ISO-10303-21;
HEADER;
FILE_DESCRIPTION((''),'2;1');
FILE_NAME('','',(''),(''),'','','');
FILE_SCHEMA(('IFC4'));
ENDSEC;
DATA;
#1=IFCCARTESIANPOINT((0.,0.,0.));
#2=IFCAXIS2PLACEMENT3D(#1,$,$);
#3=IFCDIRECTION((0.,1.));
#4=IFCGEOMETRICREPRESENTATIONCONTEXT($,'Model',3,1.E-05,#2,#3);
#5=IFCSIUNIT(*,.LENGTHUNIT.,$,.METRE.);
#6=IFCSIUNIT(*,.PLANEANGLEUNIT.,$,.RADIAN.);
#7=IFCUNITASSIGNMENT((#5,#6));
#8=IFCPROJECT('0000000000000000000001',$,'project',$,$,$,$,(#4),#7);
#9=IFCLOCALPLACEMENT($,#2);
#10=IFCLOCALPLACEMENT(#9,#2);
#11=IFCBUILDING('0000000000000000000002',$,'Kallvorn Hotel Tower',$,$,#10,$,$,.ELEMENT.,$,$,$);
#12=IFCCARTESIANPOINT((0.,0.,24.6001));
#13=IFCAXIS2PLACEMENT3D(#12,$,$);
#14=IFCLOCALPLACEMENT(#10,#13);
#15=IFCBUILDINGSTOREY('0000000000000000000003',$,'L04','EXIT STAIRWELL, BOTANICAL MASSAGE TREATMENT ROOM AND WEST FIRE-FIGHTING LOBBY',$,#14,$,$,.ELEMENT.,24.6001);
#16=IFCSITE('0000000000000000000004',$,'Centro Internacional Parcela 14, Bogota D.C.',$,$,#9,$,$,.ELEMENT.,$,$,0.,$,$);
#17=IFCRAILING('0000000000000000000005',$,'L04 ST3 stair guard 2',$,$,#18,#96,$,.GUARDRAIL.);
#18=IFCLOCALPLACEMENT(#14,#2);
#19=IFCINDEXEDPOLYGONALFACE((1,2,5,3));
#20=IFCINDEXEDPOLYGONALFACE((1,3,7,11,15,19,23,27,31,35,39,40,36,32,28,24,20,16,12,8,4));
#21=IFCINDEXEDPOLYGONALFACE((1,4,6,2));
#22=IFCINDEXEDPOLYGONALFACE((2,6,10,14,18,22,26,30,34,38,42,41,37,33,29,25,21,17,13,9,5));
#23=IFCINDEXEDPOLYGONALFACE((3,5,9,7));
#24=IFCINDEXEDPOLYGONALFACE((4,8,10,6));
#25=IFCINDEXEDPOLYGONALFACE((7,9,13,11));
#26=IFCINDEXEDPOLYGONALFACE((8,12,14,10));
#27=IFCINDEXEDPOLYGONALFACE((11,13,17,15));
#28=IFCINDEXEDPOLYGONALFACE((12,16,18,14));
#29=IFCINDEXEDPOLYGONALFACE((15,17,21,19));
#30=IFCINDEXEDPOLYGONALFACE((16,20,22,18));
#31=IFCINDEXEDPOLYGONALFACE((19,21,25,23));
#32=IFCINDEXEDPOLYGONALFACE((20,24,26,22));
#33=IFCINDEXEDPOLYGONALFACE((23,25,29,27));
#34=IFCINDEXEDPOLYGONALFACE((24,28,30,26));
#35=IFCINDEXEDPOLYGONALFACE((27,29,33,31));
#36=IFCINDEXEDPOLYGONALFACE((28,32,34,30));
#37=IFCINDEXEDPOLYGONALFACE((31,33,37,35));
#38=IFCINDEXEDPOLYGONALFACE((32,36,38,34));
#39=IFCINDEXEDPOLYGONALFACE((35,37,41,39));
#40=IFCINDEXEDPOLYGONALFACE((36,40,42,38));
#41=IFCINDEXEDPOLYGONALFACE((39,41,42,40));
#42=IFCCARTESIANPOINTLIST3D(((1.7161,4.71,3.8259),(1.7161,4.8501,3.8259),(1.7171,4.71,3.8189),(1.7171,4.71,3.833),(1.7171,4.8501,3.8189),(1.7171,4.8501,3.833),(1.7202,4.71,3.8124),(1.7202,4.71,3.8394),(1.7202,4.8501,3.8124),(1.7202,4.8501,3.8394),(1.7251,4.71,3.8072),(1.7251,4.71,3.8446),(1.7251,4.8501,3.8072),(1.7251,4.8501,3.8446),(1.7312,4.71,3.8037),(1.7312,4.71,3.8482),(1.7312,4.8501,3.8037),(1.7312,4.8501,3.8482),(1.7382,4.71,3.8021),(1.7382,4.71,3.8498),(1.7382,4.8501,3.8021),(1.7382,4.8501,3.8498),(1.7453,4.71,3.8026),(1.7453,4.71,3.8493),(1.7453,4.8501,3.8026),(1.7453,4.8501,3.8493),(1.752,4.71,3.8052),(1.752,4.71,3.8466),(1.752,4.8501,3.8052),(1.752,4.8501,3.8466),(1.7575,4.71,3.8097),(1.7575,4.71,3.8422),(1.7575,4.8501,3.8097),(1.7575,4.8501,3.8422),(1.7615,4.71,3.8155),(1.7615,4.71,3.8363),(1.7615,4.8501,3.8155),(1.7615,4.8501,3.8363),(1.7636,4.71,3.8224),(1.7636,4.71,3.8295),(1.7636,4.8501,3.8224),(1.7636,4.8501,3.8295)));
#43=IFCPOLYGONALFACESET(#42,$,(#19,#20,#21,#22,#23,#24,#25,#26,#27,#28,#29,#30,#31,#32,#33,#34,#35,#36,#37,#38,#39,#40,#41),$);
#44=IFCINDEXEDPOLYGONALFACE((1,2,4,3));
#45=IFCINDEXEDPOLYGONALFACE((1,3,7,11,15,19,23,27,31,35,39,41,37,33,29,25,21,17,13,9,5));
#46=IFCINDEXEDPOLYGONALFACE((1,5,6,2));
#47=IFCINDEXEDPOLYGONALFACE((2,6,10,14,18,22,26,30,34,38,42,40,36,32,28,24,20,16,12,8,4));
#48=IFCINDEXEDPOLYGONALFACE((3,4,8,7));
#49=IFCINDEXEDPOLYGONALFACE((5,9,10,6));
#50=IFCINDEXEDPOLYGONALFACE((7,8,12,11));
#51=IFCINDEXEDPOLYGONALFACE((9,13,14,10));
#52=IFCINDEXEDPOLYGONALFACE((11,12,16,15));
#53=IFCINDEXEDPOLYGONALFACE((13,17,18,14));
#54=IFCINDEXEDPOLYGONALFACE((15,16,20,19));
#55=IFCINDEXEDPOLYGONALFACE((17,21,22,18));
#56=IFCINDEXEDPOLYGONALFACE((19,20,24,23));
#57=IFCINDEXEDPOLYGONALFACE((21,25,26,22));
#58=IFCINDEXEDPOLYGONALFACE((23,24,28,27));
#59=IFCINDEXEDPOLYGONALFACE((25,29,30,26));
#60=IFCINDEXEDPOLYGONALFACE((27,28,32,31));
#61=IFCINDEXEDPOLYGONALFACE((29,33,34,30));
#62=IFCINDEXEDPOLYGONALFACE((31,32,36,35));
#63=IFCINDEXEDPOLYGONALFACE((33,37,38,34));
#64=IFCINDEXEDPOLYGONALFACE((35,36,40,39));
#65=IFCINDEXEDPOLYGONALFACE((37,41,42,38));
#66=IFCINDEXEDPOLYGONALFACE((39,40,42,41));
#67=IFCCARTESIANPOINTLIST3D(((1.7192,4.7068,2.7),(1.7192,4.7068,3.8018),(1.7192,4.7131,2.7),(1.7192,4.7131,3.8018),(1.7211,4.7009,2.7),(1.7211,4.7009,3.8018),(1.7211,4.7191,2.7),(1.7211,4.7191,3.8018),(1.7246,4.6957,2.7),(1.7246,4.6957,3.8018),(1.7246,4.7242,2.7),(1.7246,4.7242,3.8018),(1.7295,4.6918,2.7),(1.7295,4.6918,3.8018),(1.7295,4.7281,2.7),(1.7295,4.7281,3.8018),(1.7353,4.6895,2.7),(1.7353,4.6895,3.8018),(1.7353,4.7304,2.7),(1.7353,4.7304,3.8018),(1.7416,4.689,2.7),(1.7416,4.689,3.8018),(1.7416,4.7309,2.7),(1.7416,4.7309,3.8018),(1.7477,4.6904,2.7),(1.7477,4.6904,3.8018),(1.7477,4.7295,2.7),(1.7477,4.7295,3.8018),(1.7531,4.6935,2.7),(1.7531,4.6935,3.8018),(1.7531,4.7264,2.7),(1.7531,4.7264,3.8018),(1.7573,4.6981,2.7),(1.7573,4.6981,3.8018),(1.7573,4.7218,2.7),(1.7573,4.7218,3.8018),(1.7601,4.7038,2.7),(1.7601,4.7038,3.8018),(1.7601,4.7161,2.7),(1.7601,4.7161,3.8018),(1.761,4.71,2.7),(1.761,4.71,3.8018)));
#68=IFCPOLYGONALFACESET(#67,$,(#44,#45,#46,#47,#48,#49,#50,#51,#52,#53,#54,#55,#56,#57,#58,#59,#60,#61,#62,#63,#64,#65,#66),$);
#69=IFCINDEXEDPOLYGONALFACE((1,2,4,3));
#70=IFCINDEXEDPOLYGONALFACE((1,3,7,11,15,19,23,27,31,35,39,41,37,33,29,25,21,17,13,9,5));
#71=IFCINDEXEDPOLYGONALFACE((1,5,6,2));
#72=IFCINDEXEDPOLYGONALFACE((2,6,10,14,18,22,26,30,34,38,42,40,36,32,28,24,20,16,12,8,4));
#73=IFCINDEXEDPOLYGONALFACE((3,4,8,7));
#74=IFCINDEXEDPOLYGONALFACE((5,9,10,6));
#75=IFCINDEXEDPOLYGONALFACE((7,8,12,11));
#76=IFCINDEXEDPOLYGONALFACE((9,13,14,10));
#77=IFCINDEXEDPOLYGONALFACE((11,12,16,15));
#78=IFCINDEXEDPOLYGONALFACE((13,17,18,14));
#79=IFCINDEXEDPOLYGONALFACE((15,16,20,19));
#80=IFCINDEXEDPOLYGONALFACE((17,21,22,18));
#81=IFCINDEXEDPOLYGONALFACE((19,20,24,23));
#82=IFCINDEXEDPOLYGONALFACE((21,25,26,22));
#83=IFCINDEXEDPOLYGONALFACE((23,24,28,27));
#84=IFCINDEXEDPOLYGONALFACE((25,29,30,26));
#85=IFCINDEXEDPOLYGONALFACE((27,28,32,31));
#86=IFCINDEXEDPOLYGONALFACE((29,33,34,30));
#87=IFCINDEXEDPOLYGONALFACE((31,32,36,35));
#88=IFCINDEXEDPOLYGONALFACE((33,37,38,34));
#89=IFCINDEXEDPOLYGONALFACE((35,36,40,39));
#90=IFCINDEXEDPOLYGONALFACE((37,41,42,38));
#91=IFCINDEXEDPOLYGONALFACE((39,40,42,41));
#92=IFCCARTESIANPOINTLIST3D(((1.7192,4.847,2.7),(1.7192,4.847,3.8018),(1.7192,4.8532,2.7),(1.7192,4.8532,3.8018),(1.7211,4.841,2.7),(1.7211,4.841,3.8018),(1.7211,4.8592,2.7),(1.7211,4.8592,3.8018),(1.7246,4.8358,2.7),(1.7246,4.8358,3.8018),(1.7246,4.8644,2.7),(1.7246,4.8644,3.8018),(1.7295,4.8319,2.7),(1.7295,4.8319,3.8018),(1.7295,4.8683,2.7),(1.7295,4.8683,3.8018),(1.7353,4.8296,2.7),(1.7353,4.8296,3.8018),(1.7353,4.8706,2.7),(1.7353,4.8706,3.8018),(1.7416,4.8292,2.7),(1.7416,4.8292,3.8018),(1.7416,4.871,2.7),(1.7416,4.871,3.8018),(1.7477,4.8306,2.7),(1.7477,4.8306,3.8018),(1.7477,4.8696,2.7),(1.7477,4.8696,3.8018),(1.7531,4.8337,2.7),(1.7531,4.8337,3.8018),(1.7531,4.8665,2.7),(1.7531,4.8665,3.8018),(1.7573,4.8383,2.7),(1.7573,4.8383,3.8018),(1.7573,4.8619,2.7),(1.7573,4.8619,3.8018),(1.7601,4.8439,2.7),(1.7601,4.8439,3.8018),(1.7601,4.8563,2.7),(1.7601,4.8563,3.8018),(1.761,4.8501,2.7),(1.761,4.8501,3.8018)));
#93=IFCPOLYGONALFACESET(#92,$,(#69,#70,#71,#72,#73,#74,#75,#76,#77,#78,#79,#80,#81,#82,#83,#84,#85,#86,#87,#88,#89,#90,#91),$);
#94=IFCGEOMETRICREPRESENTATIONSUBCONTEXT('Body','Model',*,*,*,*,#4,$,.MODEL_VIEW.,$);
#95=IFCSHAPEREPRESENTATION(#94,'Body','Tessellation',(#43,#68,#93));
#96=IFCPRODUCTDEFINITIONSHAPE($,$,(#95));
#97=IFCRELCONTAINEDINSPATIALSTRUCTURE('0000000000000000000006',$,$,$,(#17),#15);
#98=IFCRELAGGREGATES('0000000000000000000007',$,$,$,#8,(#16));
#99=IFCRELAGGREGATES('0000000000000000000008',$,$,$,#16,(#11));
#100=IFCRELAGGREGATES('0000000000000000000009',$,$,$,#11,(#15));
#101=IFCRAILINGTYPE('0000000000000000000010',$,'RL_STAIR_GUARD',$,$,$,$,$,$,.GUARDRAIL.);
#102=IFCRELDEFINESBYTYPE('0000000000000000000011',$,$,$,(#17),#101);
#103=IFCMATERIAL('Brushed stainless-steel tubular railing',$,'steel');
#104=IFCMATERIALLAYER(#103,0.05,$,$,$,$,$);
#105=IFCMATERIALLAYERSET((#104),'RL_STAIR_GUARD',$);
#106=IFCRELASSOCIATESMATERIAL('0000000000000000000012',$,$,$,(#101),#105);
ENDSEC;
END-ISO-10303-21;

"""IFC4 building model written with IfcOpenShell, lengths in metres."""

from ifc_helpers import new_model, si_unit, direction, frame, origin, origin_2d, place, context, subcontext, project, spatial, circle, extrude, material, layer, layer_set, type_object, element, save


model = new_model("IFC4")

# Units and contexts
model_context = context("Model", 3, precision=1e-05, world=origin(), true_north=direction((0.0, 1.0)))
body_context = subcontext(model_context, "Body", "Model", "MODEL_VIEW")
ifc_project = project(units=[si_unit("LENGTHUNIT", "METRE"), si_unit("PLANEANGLEUNIT", "RADIAN")], contexts=[model_context])

# Site, building, storey
site_placement = place(None, origin())
site = spatial("IfcSite", under=ifc_project, at=site_placement, Name="Centro Internacional Parcela 14, Bogota D.C.", CompositionType="ELEMENT", RefElevation=0.0)
building_placement = place(site_placement, origin())
building = spatial("IfcBuilding", under=site, at=building_placement, Name="Kallvorn Hotel Tower", CompositionType="ELEMENT")
storey_placement = place(building_placement, frame((0.0, 0.0, 24.6001)))
storey = spatial("IfcBuildingStorey", under=building, at=storey_placement, Name="L04", Description="EXIT STAIRWELL, BOTANICAL MASSAGE TREATMENT ROOM AND WEST FIRE-FIGHTING LOBBY", CompositionType="ELEMENT", Elevation=24.6001)

# Railing
ifc_material_1 = material(Name="Brushed stainless-steel tubular railing", Category="steel")
ifc_layer_1 = layer(ifc_material_1, 0.05)
ifc_layer_set_1 = layer_set([ifc_layer_1], Name="RL_STAIR_GUARD")
railing_type_1 = type_object("IfcRailingType", Name="RL_STAIR_GUARD", PredefinedType="GUARDRAIL", material=ifc_layer_set_1)
railing_1_placement = place(storey_placement, frame((1.74, 4.71, 2.7)))
element("IfcRailing", 1, at=railing_1_placement, inside=storey, type_object=railing_type_1, Name="L04 ST3 stair guard 2", PredefinedType="GUARDRAIL", context=body_context, shape_type="SweptSolid", body=[
    extrude(circle(Radius=0.0239, at=origin_2d()), frame((0.0, 0.0, 1.126), z_axis=(0.0, 1.0, 0.0), x_axis=(-1.0, 0.0, 0.0)), (0.0, 0.0, 1.0), 0.1401),
    extrude(circle(Radius=0.021, at=origin_2d()), origin(), (0.0, 0.0, 1.0), 1.1018),
    extrude(circle(Radius=0.021, at=origin_2d()), frame((0.0, 0.1401, 0.0)), (0.0, 0.0, 1.0), 1.1018),
])

save(model, "model.ifc")
